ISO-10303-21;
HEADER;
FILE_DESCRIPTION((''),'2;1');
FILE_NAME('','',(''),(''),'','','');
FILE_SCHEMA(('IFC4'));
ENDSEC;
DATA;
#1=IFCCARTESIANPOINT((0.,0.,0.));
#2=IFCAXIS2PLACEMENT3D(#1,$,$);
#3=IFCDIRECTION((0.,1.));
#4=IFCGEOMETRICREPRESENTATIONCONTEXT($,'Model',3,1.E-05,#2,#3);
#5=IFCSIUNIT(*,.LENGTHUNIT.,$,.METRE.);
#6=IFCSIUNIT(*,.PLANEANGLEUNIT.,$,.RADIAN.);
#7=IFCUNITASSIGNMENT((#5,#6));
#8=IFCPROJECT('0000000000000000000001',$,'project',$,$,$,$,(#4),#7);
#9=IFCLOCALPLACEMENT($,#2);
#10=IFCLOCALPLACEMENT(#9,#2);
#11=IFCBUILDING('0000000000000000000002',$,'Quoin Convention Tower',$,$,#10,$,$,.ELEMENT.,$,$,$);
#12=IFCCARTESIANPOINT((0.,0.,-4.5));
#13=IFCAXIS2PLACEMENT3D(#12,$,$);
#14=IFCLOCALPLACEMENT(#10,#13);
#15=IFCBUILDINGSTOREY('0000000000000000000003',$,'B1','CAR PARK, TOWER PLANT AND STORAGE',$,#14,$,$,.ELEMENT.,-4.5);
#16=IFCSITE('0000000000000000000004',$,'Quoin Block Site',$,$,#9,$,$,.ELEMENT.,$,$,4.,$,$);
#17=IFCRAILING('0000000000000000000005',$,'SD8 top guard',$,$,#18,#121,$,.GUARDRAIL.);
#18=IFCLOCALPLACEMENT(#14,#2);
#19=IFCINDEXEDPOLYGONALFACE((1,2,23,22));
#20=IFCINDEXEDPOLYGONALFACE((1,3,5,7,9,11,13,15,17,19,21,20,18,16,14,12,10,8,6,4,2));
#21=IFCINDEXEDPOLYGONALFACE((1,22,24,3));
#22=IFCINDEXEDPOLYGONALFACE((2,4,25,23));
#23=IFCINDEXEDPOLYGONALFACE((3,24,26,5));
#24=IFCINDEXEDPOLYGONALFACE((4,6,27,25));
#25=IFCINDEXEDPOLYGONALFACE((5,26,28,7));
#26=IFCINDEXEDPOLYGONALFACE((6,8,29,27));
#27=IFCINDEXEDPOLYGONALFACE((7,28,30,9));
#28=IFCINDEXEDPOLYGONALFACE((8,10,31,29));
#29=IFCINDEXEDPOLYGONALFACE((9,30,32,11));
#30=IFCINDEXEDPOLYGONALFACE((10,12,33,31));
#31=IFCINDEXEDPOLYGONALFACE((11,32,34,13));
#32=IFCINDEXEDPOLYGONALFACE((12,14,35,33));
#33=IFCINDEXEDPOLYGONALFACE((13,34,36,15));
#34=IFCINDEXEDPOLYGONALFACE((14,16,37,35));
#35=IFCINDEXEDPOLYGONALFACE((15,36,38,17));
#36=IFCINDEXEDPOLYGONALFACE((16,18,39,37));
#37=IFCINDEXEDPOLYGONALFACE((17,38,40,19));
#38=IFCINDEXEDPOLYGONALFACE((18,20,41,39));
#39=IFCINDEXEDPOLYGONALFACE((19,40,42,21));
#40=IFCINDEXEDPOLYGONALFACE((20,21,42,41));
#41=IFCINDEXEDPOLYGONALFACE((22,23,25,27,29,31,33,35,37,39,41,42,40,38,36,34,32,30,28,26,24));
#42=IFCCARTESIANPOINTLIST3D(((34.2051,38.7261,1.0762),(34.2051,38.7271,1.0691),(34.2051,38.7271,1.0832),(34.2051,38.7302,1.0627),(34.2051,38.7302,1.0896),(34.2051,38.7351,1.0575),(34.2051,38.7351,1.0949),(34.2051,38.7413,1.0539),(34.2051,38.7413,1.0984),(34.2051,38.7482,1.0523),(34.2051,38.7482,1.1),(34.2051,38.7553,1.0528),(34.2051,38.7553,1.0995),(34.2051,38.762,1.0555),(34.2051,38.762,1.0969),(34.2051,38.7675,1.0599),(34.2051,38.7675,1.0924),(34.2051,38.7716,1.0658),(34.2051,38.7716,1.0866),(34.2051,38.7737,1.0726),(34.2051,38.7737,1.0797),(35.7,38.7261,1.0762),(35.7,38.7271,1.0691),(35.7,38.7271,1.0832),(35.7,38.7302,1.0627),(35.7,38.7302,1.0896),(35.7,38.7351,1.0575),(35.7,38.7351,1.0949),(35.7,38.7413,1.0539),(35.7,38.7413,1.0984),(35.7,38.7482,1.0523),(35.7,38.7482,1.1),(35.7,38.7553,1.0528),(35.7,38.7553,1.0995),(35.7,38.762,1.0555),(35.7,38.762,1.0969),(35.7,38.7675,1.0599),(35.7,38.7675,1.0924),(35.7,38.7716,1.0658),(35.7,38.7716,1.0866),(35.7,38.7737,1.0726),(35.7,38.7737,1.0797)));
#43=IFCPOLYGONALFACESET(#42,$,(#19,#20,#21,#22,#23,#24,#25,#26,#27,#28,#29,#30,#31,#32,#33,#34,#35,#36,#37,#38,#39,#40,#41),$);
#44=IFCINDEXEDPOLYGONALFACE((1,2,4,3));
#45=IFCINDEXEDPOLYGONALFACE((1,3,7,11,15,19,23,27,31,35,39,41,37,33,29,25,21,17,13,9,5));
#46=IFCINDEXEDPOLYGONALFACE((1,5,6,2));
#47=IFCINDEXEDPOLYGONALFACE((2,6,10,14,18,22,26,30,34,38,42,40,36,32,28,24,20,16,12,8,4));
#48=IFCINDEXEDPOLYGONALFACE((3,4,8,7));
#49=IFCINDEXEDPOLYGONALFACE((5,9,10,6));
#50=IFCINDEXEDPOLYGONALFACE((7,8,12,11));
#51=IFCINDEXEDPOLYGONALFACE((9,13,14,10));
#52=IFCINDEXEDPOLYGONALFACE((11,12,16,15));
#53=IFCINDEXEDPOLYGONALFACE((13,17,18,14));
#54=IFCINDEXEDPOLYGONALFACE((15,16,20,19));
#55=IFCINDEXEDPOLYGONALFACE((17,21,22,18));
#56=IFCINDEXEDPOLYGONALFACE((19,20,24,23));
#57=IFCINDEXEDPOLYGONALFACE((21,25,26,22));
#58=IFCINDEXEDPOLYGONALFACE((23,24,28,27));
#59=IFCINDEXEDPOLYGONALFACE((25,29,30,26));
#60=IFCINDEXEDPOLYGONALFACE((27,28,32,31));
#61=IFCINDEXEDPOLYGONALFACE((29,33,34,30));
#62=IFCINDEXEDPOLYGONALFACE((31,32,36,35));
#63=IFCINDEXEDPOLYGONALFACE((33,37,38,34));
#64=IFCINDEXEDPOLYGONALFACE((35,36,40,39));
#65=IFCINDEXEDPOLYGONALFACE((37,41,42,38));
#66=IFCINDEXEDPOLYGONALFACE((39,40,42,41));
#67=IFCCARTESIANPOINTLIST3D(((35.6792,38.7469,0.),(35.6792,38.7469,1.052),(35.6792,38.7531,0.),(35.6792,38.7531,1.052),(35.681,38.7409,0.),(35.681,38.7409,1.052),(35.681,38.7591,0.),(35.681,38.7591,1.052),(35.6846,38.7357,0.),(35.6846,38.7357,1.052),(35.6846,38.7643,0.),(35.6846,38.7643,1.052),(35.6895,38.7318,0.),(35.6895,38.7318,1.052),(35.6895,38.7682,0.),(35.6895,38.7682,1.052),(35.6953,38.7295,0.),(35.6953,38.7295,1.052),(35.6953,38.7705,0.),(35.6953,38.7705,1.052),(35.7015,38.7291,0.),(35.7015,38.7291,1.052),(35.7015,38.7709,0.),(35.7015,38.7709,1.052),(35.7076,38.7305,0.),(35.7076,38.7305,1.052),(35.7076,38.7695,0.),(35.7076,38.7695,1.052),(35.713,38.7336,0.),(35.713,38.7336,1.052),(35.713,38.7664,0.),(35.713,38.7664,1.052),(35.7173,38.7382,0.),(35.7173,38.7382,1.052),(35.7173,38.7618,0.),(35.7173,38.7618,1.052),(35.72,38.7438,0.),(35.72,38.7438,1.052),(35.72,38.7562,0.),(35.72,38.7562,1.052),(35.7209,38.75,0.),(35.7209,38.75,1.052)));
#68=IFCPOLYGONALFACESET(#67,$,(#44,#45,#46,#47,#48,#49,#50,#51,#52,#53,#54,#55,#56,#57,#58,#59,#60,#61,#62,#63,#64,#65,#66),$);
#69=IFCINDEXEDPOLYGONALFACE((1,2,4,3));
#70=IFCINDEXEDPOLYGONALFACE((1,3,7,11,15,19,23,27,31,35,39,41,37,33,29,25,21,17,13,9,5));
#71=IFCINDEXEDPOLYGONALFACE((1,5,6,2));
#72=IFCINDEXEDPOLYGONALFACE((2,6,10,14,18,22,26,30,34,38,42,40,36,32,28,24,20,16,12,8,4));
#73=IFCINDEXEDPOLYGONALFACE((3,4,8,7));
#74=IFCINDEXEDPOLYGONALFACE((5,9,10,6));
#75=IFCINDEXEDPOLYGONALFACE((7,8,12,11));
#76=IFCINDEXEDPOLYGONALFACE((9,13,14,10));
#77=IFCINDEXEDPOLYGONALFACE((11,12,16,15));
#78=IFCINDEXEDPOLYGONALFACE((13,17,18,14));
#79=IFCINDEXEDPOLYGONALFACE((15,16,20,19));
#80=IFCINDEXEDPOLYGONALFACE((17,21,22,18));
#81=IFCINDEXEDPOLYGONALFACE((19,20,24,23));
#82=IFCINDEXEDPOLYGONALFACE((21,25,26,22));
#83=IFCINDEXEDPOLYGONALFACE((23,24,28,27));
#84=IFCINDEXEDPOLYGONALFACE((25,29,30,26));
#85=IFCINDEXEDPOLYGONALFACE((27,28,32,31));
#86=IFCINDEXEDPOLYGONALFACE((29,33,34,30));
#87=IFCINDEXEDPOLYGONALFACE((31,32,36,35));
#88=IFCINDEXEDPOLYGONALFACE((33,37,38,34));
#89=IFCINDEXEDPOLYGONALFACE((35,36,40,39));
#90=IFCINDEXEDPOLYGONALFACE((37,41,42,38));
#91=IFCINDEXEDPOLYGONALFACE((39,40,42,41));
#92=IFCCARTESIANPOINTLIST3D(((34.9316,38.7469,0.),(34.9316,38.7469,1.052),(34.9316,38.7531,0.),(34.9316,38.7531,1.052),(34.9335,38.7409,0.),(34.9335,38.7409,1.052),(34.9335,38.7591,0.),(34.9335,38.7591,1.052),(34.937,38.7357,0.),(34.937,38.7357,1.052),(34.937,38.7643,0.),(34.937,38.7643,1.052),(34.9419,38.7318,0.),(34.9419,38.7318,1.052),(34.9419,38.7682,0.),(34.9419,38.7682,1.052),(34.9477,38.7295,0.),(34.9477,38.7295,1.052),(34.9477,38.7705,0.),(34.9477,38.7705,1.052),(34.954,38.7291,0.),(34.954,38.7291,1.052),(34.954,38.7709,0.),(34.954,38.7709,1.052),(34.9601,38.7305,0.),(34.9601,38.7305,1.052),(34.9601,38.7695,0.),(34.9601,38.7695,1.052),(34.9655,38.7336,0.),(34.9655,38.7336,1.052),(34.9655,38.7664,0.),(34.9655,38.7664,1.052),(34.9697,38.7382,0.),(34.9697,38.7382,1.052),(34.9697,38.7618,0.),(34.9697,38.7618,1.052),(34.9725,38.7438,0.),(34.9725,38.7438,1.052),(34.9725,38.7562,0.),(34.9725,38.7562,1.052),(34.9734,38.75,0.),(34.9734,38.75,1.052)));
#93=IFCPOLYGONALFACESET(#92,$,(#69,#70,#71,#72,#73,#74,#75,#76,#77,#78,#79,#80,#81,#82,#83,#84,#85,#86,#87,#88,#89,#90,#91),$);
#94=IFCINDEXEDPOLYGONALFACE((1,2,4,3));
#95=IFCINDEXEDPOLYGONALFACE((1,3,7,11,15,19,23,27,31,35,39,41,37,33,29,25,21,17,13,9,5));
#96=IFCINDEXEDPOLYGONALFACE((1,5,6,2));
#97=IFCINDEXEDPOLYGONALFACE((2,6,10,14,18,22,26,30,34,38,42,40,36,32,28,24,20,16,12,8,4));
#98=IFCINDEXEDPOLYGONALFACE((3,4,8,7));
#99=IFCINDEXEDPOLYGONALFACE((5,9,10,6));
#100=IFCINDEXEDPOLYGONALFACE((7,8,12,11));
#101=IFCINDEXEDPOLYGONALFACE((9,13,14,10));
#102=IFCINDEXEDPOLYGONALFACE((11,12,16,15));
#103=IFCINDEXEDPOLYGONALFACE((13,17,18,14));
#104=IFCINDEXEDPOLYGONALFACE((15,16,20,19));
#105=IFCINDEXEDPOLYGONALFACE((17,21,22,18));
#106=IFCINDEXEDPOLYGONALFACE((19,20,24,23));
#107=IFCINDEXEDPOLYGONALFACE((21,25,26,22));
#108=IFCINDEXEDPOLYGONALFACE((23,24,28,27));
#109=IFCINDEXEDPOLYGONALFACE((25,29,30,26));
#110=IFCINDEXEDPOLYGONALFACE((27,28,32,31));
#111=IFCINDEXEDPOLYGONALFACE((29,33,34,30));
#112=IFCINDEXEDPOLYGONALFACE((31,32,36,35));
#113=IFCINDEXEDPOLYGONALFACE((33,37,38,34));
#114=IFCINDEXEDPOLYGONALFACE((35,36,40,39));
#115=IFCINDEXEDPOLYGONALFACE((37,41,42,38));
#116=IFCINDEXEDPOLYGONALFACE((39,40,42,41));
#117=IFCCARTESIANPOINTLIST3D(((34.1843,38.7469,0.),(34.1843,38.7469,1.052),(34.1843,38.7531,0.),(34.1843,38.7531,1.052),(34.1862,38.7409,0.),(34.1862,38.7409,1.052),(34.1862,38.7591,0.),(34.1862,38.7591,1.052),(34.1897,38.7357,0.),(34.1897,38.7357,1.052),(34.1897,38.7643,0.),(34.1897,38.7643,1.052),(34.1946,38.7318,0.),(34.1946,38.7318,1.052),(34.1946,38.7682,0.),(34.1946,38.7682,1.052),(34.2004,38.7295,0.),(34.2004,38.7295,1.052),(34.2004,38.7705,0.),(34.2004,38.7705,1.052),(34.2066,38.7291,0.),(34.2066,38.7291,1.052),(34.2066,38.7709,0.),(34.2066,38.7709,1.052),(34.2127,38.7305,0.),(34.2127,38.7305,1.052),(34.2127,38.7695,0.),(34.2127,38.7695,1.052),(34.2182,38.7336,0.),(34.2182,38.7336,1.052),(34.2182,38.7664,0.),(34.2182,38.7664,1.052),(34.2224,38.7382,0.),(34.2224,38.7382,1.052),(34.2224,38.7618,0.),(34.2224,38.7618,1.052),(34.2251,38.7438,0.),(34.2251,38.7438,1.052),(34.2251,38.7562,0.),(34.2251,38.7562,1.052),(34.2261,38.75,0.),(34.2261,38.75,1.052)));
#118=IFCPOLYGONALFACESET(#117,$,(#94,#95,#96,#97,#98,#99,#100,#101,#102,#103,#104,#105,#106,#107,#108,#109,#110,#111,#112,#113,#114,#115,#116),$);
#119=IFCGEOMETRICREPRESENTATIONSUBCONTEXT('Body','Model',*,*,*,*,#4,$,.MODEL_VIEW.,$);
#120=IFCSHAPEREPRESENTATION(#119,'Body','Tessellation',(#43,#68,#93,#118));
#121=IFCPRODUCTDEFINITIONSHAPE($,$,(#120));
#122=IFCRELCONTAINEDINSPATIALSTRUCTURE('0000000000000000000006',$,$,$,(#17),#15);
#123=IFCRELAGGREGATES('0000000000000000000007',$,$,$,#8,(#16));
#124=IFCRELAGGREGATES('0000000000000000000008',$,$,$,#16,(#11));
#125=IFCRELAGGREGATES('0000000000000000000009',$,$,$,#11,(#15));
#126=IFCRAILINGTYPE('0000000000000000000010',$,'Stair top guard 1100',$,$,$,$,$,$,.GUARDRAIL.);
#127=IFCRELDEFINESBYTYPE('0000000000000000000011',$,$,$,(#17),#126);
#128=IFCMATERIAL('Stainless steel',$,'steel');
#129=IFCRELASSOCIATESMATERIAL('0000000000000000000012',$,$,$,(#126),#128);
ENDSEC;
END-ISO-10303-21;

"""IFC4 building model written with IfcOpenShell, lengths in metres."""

from ifc_helpers import new_model, si_unit, direction, frame, origin, origin_2d, place, context, subcontext, project, spatial, circle, extrude, material, type_object, element, save


model = new_model("IFC4")

# Units and contexts
model_context = context("Model", 3, precision=1e-05, world=origin(), true_north=direction((0.0, 1.0)))
body_context = subcontext(model_context, "Body", "Model", "MODEL_VIEW")
ifc_project = project(units=[si_unit("LENGTHUNIT", "METRE"), si_unit("PLANEANGLEUNIT", "RADIAN")], contexts=[model_context])

# Site, building, storey
site_placement = place(None, origin())
site = spatial("IfcSite", under=ifc_project, at=site_placement, Name="Quoin Block Site", CompositionType="ELEMENT", RefElevation=4.0)
building_placement = place(site_placement, origin())
building = spatial("IfcBuilding", under=site, at=building_placement, Name="Quoin Convention Tower", CompositionType="ELEMENT")
storey_placement = place(building_placement, frame((0.0, 0.0, -4.5)))
storey = spatial("IfcBuildingStorey", under=building, at=storey_placement, Name="B1", Description="CAR PARK, TOWER PLANT AND STORAGE", CompositionType="ELEMENT", Elevation=-4.5)

# Railing
ifc_material_1 = material(Name="Stainless steel", Category="steel")
railing_type_1 = type_object("IfcRailingType", Name="Stair top guard 1100", PredefinedType="GUARDRAIL", material=ifc_material_1)
for number, where, name in (
    (1, (35.7, 38.75, 0.0), "SD8 top guard"),
):
    element("IfcRailing", number, at=place(storey_placement, frame(where)), inside=storey, type_object=railing_type_1, Name=name, PredefinedType="GUARDRAIL", context=body_context, shape_type="SweptSolid", body=[
        extrude(circle(Radius=0.0239, at=origin_2d()), frame((0.0, 0.0, 1.0762), z_axis=(-1.0, 0.0, 0.0), x_axis=(0.0, -1.0, 0.0)), (0.0, 0.0, 1.0), 1.4949),
        extrude(circle(Radius=0.021, at=origin_2d()), origin(), (0.0, 0.0, 1.0), 1.052),
        extrude(circle(Radius=0.021, at=origin_2d()), frame((-0.7476, 0.0, 0.0)), (0.0, 0.0, 1.0), 1.052),
        extrude(circle(Radius=0.021, at=origin_2d()), frame((-1.4949, 0.0, 0.0)), (0.0, 0.0, 1.0), 1.052),
    ])

save(model, "model.ifc")
